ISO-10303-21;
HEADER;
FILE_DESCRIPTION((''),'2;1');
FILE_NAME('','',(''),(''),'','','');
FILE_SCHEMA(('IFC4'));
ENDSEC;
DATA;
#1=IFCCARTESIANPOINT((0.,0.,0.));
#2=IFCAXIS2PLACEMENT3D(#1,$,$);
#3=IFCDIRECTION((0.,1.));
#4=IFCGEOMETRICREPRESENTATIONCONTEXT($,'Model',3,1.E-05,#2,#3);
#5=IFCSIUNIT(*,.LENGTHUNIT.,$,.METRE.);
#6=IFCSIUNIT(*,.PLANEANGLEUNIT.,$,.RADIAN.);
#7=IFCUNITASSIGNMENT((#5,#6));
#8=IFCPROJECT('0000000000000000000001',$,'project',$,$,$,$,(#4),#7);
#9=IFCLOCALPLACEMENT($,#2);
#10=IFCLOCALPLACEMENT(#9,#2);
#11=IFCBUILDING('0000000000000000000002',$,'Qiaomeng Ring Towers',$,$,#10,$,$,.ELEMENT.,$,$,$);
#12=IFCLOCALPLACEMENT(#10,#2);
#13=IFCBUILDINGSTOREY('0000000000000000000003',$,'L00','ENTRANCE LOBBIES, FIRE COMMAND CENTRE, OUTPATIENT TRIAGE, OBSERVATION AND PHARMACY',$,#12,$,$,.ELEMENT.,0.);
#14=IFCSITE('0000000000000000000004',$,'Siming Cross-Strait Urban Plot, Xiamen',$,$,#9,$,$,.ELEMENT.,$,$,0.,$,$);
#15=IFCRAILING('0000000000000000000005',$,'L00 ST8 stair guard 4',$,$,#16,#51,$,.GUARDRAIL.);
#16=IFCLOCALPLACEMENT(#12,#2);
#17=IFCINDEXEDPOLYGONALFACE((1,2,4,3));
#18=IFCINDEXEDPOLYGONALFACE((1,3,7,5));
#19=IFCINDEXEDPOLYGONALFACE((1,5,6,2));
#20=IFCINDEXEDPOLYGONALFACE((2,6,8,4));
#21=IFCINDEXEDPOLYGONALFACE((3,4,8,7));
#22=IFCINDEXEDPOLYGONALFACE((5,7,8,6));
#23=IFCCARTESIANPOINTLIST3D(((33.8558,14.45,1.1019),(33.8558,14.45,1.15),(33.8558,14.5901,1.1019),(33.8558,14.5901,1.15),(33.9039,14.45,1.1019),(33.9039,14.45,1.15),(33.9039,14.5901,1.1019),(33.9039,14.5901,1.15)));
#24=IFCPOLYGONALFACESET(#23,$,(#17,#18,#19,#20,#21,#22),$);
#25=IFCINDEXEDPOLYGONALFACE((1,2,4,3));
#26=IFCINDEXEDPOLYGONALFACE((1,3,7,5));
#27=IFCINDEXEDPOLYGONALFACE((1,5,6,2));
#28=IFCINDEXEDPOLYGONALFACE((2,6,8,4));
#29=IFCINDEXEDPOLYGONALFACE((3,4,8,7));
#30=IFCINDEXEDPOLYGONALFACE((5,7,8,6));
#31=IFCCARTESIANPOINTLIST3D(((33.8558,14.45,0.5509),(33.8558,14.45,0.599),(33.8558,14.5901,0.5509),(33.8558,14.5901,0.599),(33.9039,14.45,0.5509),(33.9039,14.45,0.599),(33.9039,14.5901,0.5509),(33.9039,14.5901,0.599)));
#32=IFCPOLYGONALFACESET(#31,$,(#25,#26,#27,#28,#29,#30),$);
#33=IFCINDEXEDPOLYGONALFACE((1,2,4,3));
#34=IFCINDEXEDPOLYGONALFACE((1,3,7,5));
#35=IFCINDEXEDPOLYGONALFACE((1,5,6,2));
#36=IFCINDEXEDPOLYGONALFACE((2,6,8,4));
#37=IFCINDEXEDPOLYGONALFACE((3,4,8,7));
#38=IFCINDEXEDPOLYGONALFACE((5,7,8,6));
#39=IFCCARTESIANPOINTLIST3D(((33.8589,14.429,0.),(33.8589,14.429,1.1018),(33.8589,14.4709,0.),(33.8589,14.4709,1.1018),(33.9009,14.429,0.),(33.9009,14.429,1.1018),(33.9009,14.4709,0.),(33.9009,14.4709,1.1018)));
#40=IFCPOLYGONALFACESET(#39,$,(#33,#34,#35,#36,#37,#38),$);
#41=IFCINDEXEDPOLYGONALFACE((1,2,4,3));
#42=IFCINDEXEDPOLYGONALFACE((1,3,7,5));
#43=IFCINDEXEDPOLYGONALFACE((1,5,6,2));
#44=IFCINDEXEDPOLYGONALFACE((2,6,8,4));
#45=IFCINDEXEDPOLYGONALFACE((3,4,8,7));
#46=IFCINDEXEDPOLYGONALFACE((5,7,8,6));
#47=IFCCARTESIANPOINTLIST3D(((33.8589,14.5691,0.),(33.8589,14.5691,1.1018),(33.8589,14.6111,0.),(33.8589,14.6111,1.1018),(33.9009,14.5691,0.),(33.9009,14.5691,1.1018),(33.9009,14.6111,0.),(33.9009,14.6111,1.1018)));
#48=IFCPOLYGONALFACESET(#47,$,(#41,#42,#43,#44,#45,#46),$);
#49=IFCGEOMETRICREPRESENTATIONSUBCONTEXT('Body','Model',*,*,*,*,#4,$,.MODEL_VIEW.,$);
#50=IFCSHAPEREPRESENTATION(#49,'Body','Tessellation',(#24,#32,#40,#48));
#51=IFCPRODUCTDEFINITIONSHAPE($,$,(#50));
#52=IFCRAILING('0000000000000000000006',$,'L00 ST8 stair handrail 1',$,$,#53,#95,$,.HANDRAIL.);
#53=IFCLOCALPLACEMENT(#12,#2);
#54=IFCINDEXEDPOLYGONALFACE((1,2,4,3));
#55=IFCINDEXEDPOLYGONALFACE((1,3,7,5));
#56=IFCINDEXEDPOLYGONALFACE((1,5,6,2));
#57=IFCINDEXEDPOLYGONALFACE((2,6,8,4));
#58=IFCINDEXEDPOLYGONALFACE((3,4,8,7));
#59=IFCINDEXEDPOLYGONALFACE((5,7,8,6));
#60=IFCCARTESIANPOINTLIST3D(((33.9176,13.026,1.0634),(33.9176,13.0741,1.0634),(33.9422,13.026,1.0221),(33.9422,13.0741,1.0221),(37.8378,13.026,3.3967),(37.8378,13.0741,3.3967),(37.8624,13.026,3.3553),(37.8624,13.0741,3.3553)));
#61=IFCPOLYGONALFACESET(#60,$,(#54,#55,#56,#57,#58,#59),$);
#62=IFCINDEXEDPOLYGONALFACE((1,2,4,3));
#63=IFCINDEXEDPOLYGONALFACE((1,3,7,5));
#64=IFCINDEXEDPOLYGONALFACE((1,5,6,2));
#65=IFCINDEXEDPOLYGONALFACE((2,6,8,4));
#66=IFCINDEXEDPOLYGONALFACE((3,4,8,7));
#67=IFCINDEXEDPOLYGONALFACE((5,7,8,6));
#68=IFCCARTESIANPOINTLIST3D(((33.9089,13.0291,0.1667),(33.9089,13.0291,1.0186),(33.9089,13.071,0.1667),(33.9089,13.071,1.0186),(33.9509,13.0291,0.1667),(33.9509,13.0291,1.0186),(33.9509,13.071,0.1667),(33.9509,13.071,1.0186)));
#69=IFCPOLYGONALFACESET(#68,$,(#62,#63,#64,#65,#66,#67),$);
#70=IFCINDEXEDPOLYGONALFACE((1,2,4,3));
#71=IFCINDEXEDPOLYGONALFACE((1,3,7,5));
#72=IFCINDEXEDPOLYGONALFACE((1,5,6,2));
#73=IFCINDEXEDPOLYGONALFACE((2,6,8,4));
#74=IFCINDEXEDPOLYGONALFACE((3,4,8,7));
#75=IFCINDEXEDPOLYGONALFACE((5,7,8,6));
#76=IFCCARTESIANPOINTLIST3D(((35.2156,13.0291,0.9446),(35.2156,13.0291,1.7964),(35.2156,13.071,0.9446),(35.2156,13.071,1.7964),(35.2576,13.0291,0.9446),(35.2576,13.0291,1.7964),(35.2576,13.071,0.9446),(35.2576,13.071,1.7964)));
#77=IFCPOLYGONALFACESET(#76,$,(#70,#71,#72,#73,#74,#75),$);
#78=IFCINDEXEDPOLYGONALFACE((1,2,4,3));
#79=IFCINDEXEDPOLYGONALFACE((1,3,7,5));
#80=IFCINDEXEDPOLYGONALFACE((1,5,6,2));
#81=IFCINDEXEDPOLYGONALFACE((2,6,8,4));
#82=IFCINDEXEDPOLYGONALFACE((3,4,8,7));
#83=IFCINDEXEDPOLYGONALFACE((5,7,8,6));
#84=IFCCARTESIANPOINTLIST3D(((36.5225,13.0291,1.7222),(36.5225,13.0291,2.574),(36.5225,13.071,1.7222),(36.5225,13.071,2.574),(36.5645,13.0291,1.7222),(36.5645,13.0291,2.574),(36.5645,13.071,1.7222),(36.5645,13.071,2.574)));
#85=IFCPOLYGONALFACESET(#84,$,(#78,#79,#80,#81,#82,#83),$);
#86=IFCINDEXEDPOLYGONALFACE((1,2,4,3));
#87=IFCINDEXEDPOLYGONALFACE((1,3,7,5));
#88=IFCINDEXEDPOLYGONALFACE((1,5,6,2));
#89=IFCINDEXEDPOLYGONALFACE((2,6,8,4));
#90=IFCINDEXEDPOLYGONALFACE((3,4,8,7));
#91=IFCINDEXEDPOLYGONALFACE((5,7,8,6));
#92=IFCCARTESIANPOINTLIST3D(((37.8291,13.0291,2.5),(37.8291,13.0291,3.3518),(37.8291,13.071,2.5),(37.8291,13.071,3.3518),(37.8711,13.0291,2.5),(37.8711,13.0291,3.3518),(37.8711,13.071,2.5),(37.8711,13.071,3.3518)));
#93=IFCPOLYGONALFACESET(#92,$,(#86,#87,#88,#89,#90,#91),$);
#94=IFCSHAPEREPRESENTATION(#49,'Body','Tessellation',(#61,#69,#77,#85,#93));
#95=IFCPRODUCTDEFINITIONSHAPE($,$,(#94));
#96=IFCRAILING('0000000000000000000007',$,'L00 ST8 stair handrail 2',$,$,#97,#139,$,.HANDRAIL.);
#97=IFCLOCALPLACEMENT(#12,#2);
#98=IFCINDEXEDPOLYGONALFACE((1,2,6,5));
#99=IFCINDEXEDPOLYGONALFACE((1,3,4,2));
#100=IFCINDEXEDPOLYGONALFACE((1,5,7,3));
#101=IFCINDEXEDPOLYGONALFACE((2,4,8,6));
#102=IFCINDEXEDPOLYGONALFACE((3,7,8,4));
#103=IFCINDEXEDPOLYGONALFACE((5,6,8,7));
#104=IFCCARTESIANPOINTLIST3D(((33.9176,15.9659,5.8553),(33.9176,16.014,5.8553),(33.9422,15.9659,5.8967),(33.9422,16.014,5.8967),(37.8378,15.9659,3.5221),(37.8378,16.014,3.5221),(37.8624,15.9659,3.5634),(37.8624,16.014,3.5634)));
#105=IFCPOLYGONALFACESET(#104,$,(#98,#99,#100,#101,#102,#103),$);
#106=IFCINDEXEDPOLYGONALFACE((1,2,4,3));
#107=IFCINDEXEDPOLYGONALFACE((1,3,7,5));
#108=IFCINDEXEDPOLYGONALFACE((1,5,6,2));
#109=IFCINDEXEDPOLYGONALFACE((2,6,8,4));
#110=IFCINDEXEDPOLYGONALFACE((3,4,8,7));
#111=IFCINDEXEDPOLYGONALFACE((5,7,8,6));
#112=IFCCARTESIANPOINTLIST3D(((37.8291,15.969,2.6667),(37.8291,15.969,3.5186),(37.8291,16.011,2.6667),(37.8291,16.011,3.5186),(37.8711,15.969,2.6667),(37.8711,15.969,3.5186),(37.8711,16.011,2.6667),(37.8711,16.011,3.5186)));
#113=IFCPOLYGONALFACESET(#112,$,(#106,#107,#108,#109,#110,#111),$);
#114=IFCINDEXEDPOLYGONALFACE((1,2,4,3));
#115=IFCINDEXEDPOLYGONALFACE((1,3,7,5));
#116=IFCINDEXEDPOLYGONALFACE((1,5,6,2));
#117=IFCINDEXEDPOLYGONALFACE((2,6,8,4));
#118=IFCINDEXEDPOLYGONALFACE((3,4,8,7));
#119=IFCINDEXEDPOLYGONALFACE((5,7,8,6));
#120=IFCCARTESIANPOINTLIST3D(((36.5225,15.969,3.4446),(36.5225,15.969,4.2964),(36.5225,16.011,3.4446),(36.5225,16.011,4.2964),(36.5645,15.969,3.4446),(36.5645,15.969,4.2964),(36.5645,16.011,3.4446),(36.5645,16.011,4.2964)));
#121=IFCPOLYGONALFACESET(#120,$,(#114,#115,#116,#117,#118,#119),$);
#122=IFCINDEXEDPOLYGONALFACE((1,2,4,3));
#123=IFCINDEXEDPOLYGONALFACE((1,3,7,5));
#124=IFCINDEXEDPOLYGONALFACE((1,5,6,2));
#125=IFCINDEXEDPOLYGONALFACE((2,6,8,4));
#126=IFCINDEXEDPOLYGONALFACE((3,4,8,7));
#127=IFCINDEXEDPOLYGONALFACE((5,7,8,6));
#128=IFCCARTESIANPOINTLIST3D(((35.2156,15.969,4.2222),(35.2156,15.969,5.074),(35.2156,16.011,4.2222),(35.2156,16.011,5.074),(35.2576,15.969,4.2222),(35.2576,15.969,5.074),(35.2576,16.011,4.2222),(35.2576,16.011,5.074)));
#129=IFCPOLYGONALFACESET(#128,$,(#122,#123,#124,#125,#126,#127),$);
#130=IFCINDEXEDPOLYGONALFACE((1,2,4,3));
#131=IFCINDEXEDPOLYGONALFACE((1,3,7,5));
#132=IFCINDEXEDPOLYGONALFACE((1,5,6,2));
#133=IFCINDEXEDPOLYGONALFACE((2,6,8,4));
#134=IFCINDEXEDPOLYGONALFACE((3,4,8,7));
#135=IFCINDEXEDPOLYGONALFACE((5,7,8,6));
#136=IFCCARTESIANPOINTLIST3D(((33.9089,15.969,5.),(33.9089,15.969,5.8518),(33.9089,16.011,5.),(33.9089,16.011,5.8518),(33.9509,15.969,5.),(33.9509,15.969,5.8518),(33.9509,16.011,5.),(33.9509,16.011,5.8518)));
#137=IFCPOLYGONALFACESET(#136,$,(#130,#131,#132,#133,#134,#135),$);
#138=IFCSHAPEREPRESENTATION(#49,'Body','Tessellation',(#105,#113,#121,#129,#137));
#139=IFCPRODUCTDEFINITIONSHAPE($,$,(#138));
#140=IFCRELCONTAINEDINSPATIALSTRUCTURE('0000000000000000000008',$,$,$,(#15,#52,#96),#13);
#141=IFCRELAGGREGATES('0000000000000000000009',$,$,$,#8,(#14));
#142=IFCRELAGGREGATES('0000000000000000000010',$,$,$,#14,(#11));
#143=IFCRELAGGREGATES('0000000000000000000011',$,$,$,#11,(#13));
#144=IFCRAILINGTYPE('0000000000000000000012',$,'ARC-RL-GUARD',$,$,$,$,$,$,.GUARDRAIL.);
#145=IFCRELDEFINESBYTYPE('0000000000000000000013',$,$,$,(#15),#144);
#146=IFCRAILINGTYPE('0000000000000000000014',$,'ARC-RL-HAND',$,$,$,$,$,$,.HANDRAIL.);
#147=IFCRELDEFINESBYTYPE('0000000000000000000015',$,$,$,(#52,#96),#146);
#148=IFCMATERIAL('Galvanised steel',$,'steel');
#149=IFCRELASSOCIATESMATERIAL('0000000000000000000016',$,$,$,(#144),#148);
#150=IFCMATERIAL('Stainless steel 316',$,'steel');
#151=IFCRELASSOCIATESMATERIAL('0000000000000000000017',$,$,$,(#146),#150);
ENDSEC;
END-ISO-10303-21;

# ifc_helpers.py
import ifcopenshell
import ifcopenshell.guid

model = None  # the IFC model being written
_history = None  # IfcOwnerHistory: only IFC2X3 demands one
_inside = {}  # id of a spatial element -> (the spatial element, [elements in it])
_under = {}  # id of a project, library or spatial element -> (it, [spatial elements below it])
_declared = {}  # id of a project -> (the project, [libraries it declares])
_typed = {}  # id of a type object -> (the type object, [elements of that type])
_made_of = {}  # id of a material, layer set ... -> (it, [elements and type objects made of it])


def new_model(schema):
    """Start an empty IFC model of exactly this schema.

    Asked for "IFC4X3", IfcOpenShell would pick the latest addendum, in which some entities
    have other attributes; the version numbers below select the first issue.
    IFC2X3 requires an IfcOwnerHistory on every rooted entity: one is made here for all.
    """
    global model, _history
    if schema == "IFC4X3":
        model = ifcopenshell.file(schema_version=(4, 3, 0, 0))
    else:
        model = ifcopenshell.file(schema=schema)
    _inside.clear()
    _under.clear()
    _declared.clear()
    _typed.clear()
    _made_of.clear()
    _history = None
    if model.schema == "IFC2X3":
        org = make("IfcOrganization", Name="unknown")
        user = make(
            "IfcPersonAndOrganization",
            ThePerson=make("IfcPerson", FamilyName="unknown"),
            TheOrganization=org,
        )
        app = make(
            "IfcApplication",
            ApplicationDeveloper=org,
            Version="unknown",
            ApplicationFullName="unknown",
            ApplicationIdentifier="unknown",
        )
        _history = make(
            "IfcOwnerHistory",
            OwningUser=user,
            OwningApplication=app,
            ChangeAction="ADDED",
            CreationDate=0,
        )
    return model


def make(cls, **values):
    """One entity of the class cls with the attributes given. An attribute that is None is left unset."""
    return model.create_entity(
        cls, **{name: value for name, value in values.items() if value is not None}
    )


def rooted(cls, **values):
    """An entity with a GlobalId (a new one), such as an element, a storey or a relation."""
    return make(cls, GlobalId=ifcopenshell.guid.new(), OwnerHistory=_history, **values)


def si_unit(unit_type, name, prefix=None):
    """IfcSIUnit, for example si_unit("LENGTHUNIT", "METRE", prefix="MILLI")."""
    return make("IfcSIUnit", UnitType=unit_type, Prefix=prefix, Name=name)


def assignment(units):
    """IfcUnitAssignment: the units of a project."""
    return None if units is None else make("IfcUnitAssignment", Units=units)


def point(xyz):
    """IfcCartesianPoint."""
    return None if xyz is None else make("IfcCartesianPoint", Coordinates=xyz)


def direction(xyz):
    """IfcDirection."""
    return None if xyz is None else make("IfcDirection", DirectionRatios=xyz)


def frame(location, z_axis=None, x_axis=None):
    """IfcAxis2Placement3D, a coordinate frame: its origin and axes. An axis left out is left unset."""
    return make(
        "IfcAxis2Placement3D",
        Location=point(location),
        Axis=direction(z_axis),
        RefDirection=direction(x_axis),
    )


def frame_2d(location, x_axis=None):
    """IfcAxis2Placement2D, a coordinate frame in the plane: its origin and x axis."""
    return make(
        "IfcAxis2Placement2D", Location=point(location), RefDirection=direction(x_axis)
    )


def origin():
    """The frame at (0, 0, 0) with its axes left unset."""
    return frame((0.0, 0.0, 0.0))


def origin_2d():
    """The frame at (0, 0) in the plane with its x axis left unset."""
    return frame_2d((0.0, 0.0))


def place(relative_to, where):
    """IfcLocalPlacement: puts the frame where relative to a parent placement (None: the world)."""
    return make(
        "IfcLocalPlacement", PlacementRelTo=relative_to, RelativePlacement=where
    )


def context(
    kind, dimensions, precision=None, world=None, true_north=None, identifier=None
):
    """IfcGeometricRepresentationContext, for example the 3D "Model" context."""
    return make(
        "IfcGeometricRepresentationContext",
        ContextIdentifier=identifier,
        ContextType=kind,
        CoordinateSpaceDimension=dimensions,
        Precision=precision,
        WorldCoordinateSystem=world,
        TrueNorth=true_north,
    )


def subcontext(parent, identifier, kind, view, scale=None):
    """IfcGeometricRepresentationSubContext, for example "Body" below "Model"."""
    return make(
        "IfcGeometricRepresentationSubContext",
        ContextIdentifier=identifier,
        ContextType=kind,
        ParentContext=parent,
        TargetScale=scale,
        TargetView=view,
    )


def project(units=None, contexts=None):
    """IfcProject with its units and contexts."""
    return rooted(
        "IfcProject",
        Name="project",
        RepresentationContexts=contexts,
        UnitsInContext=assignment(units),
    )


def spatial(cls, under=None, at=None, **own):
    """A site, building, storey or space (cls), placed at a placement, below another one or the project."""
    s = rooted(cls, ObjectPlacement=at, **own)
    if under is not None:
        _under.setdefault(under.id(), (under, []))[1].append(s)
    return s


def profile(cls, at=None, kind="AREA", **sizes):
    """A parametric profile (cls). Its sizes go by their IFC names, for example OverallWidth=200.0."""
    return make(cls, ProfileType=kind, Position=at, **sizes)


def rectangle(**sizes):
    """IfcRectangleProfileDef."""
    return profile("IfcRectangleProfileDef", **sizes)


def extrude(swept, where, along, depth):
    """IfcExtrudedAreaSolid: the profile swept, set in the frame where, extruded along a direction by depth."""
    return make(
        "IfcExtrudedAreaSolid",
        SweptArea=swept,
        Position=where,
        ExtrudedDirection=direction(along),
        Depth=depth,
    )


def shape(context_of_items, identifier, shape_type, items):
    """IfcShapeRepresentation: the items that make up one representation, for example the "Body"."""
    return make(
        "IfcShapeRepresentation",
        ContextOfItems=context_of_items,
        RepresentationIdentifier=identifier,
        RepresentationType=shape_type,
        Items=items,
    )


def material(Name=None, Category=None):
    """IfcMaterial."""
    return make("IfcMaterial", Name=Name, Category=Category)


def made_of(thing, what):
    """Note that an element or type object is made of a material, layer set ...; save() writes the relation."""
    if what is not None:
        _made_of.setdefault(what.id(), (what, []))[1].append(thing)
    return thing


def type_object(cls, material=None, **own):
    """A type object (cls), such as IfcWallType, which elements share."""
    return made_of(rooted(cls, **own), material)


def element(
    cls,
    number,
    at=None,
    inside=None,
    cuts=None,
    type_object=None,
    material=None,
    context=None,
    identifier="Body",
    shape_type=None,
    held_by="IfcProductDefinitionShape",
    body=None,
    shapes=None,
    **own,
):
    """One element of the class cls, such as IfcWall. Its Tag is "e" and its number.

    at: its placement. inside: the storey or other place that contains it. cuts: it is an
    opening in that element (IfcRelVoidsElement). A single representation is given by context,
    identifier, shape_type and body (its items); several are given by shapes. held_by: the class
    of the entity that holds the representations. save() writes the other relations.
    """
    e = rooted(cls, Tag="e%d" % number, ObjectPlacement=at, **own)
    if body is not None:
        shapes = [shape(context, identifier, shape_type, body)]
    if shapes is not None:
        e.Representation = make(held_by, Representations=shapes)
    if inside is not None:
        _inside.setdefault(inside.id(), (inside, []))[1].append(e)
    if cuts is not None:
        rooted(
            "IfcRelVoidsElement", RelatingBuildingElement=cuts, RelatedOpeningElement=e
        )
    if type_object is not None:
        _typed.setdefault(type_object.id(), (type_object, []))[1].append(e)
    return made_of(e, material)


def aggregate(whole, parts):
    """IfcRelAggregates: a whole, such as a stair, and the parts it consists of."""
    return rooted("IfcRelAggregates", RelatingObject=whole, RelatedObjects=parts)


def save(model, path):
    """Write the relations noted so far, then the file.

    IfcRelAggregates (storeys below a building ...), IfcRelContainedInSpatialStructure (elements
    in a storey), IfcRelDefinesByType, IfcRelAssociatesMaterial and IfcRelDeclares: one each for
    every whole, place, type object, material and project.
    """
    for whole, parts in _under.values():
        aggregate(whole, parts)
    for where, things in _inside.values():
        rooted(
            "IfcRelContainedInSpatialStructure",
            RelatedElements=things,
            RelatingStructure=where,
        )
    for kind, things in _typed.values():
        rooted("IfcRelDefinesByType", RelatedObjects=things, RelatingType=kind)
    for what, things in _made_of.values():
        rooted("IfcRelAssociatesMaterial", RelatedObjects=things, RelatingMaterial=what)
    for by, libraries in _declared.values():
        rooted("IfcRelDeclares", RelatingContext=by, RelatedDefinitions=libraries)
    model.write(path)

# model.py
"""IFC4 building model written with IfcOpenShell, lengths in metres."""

from ifc_helpers import new_model, si_unit, direction, frame, origin, origin_2d, place, context, subcontext, project, spatial, rectangle, extrude, material, type_object, element, save


model = new_model("IFC4")

# Units and contexts
model_context = context("Model", 3, precision=1e-05, world=origin(), true_north=direction((0.0, 1.0)))
body_context = subcontext(model_context, "Body", "Model", "MODEL_VIEW")
ifc_project = project(units=[si_unit("LENGTHUNIT", "METRE"), si_unit("PLANEANGLEUNIT", "RADIAN")], contexts=[model_context])

# Site, building, storey
site_placement = place(None, origin())
site = spatial("IfcSite", under=ifc_project, at=site_placement, Name="Siming Cross-Strait Urban Plot, Xiamen", CompositionType="ELEMENT", RefElevation=0.0)
building_placement = place(site_placement, origin())
building = spatial("IfcBuilding", under=site, at=building_placement, Name="Qiaomeng Ring Towers", CompositionType="ELEMENT")
storey_placement = place(building_placement, origin())
storey = spatial("IfcBuildingStorey", under=building, at=storey_placement, Name="L00", Description="ENTRANCE LOBBIES, FIRE COMMAND CENTRE, OUTPATIENT TRIAGE, OBSERVATION AND PHARMACY", CompositionType="ELEMENT", Elevation=0.0)

# Railings
ifc_material_1 = material(Name="Galvanised steel", Category="steel")
railing_type_1 = type_object("IfcRailingType", Name="ARC-RL-GUARD", PredefinedType="GUARDRAIL", material=ifc_material_1)
railing_1_placement = place(storey_placement, frame((33.8799, 14.45, 0.0)))
element("IfcRailing", 1, at=railing_1_placement, inside=storey, type_object=railing_type_1, Name="L00 ST8 stair guard 4", PredefinedType="GUARDRAIL", context=body_context, shape_type="SweptSolid", body=[
    extrude(rectangle(XDim=0.0481, YDim=0.0481, at=origin_2d()), frame((0.0, 0.0, 1.126), z_axis=(0.0, 1.0, 0.0), x_axis=(-1.0, 0.0, 0.0)), (0.0, 0.0, 1.0), 0.1401),
    extrude(rectangle(XDim=0.0481, YDim=0.0481, at=origin_2d()), frame((0.0, 0.0, 0.575), z_axis=(0.0, 1.0, 0.0), x_axis=(-1.0, 0.0, 0.0)), (0.0, 0.0, 1.0), 0.1401),
    extrude(rectangle(XDim=0.042, YDim=0.042, at=origin_2d()), origin(), (0.0, 0.0, 1.0), 1.1018),
    extrude(rectangle(XDim=0.042, YDim=0.042, at=origin_2d()), frame((0.0, 0.1401, 0.0)), (0.0, 0.0, 1.0), 1.1018),
])
ifc_material_2 = material(Name="Stainless steel 316", Category="steel")
railing_type_2 = type_object("IfcRailingType", Name="ARC-RL-HAND", PredefinedType="HANDRAIL", material=ifc_material_2)
railing_2_placement = place(storey_placement, frame((33.9299, 13.05, 0.1667)))
element("IfcRailing", 2, at=railing_2_placement, inside=storey, type_object=railing_type_2, Name="L00 ST8 stair handrail 1", PredefinedType="HANDRAIL", context=body_context, shape_type="SweptSolid", body=[
    extrude(rectangle(XDim=0.0481, YDim=0.0481, at=origin_2d()), frame((0.0, 0.0, 0.876), z_axis=(0.85931, 0.0, 0.511455), x_axis=(0.0, 1.0, 0.0)), (0.0, 0.0, 1.0), 4.562),
    extrude(rectangle(XDim=0.042, YDim=0.042, at=origin_2d()), origin(), (0.0, 0.0, 1.0), 0.8518),
    extrude(rectangle(XDim=0.042, YDim=0.042, at=origin_2d()), frame((1.3066, 0.0, 0.7778)), (0.0, 0.0, 1.0), 0.8518),
    extrude(rectangle(XDim=0.042, YDim=0.042, at=origin_2d()), frame((2.6135, 0.0, 1.5554)), (0.0, 0.0, 1.0), 0.8518),
    extrude(rectangle(XDim=0.042, YDim=0.042, at=origin_2d()), frame((3.9202, 0.0, 2.3333)), (0.0, 0.0, 1.0), 0.8518),
])
railing_3_placement = place(storey_placement, frame((37.8501, 15.99, 2.6667)))
element("IfcRailing", 3, at=railing_3_placement, inside=storey, type_object=railing_type_2, Name="L00 ST8 stair handrail 2", PredefinedType="HANDRAIL", context=body_context, shape_type="SweptSolid", body=[
    extrude(rectangle(XDim=0.0481, YDim=0.0481, at=origin_2d()), frame((0.0, 0.0, 0.876), z_axis=(-0.85931, 0.0, 0.511455), x_axis=(0.0, -1.0, 0.0)), (0.0, 0.0, 1.0), 4.562),
    extrude(rectangle(XDim=0.042, YDim=0.042, at=origin_2d()), origin(), (0.0, 0.0, 1.0), 0.8518),
    extrude(rectangle(XDim=0.042, YDim=0.042, at=origin_2d()), frame((-1.3066, 0.0, 0.7778)), (0.0, 0.0, 1.0), 0.8518),
    extrude(rectangle(XDim=0.042, YDim=0.042, at=origin_2d()), frame((-2.6135, 0.0, 1.5554)), (0.0, 0.0, 1.0), 0.8518),
    extrude(rectangle(XDim=0.042, YDim=0.042, at=origin_2d()), frame((-3.9202, 0.0, 2.3333)), (0.0, 0.0, 1.0), 0.8518),
])

save(model, "model.ifc")
